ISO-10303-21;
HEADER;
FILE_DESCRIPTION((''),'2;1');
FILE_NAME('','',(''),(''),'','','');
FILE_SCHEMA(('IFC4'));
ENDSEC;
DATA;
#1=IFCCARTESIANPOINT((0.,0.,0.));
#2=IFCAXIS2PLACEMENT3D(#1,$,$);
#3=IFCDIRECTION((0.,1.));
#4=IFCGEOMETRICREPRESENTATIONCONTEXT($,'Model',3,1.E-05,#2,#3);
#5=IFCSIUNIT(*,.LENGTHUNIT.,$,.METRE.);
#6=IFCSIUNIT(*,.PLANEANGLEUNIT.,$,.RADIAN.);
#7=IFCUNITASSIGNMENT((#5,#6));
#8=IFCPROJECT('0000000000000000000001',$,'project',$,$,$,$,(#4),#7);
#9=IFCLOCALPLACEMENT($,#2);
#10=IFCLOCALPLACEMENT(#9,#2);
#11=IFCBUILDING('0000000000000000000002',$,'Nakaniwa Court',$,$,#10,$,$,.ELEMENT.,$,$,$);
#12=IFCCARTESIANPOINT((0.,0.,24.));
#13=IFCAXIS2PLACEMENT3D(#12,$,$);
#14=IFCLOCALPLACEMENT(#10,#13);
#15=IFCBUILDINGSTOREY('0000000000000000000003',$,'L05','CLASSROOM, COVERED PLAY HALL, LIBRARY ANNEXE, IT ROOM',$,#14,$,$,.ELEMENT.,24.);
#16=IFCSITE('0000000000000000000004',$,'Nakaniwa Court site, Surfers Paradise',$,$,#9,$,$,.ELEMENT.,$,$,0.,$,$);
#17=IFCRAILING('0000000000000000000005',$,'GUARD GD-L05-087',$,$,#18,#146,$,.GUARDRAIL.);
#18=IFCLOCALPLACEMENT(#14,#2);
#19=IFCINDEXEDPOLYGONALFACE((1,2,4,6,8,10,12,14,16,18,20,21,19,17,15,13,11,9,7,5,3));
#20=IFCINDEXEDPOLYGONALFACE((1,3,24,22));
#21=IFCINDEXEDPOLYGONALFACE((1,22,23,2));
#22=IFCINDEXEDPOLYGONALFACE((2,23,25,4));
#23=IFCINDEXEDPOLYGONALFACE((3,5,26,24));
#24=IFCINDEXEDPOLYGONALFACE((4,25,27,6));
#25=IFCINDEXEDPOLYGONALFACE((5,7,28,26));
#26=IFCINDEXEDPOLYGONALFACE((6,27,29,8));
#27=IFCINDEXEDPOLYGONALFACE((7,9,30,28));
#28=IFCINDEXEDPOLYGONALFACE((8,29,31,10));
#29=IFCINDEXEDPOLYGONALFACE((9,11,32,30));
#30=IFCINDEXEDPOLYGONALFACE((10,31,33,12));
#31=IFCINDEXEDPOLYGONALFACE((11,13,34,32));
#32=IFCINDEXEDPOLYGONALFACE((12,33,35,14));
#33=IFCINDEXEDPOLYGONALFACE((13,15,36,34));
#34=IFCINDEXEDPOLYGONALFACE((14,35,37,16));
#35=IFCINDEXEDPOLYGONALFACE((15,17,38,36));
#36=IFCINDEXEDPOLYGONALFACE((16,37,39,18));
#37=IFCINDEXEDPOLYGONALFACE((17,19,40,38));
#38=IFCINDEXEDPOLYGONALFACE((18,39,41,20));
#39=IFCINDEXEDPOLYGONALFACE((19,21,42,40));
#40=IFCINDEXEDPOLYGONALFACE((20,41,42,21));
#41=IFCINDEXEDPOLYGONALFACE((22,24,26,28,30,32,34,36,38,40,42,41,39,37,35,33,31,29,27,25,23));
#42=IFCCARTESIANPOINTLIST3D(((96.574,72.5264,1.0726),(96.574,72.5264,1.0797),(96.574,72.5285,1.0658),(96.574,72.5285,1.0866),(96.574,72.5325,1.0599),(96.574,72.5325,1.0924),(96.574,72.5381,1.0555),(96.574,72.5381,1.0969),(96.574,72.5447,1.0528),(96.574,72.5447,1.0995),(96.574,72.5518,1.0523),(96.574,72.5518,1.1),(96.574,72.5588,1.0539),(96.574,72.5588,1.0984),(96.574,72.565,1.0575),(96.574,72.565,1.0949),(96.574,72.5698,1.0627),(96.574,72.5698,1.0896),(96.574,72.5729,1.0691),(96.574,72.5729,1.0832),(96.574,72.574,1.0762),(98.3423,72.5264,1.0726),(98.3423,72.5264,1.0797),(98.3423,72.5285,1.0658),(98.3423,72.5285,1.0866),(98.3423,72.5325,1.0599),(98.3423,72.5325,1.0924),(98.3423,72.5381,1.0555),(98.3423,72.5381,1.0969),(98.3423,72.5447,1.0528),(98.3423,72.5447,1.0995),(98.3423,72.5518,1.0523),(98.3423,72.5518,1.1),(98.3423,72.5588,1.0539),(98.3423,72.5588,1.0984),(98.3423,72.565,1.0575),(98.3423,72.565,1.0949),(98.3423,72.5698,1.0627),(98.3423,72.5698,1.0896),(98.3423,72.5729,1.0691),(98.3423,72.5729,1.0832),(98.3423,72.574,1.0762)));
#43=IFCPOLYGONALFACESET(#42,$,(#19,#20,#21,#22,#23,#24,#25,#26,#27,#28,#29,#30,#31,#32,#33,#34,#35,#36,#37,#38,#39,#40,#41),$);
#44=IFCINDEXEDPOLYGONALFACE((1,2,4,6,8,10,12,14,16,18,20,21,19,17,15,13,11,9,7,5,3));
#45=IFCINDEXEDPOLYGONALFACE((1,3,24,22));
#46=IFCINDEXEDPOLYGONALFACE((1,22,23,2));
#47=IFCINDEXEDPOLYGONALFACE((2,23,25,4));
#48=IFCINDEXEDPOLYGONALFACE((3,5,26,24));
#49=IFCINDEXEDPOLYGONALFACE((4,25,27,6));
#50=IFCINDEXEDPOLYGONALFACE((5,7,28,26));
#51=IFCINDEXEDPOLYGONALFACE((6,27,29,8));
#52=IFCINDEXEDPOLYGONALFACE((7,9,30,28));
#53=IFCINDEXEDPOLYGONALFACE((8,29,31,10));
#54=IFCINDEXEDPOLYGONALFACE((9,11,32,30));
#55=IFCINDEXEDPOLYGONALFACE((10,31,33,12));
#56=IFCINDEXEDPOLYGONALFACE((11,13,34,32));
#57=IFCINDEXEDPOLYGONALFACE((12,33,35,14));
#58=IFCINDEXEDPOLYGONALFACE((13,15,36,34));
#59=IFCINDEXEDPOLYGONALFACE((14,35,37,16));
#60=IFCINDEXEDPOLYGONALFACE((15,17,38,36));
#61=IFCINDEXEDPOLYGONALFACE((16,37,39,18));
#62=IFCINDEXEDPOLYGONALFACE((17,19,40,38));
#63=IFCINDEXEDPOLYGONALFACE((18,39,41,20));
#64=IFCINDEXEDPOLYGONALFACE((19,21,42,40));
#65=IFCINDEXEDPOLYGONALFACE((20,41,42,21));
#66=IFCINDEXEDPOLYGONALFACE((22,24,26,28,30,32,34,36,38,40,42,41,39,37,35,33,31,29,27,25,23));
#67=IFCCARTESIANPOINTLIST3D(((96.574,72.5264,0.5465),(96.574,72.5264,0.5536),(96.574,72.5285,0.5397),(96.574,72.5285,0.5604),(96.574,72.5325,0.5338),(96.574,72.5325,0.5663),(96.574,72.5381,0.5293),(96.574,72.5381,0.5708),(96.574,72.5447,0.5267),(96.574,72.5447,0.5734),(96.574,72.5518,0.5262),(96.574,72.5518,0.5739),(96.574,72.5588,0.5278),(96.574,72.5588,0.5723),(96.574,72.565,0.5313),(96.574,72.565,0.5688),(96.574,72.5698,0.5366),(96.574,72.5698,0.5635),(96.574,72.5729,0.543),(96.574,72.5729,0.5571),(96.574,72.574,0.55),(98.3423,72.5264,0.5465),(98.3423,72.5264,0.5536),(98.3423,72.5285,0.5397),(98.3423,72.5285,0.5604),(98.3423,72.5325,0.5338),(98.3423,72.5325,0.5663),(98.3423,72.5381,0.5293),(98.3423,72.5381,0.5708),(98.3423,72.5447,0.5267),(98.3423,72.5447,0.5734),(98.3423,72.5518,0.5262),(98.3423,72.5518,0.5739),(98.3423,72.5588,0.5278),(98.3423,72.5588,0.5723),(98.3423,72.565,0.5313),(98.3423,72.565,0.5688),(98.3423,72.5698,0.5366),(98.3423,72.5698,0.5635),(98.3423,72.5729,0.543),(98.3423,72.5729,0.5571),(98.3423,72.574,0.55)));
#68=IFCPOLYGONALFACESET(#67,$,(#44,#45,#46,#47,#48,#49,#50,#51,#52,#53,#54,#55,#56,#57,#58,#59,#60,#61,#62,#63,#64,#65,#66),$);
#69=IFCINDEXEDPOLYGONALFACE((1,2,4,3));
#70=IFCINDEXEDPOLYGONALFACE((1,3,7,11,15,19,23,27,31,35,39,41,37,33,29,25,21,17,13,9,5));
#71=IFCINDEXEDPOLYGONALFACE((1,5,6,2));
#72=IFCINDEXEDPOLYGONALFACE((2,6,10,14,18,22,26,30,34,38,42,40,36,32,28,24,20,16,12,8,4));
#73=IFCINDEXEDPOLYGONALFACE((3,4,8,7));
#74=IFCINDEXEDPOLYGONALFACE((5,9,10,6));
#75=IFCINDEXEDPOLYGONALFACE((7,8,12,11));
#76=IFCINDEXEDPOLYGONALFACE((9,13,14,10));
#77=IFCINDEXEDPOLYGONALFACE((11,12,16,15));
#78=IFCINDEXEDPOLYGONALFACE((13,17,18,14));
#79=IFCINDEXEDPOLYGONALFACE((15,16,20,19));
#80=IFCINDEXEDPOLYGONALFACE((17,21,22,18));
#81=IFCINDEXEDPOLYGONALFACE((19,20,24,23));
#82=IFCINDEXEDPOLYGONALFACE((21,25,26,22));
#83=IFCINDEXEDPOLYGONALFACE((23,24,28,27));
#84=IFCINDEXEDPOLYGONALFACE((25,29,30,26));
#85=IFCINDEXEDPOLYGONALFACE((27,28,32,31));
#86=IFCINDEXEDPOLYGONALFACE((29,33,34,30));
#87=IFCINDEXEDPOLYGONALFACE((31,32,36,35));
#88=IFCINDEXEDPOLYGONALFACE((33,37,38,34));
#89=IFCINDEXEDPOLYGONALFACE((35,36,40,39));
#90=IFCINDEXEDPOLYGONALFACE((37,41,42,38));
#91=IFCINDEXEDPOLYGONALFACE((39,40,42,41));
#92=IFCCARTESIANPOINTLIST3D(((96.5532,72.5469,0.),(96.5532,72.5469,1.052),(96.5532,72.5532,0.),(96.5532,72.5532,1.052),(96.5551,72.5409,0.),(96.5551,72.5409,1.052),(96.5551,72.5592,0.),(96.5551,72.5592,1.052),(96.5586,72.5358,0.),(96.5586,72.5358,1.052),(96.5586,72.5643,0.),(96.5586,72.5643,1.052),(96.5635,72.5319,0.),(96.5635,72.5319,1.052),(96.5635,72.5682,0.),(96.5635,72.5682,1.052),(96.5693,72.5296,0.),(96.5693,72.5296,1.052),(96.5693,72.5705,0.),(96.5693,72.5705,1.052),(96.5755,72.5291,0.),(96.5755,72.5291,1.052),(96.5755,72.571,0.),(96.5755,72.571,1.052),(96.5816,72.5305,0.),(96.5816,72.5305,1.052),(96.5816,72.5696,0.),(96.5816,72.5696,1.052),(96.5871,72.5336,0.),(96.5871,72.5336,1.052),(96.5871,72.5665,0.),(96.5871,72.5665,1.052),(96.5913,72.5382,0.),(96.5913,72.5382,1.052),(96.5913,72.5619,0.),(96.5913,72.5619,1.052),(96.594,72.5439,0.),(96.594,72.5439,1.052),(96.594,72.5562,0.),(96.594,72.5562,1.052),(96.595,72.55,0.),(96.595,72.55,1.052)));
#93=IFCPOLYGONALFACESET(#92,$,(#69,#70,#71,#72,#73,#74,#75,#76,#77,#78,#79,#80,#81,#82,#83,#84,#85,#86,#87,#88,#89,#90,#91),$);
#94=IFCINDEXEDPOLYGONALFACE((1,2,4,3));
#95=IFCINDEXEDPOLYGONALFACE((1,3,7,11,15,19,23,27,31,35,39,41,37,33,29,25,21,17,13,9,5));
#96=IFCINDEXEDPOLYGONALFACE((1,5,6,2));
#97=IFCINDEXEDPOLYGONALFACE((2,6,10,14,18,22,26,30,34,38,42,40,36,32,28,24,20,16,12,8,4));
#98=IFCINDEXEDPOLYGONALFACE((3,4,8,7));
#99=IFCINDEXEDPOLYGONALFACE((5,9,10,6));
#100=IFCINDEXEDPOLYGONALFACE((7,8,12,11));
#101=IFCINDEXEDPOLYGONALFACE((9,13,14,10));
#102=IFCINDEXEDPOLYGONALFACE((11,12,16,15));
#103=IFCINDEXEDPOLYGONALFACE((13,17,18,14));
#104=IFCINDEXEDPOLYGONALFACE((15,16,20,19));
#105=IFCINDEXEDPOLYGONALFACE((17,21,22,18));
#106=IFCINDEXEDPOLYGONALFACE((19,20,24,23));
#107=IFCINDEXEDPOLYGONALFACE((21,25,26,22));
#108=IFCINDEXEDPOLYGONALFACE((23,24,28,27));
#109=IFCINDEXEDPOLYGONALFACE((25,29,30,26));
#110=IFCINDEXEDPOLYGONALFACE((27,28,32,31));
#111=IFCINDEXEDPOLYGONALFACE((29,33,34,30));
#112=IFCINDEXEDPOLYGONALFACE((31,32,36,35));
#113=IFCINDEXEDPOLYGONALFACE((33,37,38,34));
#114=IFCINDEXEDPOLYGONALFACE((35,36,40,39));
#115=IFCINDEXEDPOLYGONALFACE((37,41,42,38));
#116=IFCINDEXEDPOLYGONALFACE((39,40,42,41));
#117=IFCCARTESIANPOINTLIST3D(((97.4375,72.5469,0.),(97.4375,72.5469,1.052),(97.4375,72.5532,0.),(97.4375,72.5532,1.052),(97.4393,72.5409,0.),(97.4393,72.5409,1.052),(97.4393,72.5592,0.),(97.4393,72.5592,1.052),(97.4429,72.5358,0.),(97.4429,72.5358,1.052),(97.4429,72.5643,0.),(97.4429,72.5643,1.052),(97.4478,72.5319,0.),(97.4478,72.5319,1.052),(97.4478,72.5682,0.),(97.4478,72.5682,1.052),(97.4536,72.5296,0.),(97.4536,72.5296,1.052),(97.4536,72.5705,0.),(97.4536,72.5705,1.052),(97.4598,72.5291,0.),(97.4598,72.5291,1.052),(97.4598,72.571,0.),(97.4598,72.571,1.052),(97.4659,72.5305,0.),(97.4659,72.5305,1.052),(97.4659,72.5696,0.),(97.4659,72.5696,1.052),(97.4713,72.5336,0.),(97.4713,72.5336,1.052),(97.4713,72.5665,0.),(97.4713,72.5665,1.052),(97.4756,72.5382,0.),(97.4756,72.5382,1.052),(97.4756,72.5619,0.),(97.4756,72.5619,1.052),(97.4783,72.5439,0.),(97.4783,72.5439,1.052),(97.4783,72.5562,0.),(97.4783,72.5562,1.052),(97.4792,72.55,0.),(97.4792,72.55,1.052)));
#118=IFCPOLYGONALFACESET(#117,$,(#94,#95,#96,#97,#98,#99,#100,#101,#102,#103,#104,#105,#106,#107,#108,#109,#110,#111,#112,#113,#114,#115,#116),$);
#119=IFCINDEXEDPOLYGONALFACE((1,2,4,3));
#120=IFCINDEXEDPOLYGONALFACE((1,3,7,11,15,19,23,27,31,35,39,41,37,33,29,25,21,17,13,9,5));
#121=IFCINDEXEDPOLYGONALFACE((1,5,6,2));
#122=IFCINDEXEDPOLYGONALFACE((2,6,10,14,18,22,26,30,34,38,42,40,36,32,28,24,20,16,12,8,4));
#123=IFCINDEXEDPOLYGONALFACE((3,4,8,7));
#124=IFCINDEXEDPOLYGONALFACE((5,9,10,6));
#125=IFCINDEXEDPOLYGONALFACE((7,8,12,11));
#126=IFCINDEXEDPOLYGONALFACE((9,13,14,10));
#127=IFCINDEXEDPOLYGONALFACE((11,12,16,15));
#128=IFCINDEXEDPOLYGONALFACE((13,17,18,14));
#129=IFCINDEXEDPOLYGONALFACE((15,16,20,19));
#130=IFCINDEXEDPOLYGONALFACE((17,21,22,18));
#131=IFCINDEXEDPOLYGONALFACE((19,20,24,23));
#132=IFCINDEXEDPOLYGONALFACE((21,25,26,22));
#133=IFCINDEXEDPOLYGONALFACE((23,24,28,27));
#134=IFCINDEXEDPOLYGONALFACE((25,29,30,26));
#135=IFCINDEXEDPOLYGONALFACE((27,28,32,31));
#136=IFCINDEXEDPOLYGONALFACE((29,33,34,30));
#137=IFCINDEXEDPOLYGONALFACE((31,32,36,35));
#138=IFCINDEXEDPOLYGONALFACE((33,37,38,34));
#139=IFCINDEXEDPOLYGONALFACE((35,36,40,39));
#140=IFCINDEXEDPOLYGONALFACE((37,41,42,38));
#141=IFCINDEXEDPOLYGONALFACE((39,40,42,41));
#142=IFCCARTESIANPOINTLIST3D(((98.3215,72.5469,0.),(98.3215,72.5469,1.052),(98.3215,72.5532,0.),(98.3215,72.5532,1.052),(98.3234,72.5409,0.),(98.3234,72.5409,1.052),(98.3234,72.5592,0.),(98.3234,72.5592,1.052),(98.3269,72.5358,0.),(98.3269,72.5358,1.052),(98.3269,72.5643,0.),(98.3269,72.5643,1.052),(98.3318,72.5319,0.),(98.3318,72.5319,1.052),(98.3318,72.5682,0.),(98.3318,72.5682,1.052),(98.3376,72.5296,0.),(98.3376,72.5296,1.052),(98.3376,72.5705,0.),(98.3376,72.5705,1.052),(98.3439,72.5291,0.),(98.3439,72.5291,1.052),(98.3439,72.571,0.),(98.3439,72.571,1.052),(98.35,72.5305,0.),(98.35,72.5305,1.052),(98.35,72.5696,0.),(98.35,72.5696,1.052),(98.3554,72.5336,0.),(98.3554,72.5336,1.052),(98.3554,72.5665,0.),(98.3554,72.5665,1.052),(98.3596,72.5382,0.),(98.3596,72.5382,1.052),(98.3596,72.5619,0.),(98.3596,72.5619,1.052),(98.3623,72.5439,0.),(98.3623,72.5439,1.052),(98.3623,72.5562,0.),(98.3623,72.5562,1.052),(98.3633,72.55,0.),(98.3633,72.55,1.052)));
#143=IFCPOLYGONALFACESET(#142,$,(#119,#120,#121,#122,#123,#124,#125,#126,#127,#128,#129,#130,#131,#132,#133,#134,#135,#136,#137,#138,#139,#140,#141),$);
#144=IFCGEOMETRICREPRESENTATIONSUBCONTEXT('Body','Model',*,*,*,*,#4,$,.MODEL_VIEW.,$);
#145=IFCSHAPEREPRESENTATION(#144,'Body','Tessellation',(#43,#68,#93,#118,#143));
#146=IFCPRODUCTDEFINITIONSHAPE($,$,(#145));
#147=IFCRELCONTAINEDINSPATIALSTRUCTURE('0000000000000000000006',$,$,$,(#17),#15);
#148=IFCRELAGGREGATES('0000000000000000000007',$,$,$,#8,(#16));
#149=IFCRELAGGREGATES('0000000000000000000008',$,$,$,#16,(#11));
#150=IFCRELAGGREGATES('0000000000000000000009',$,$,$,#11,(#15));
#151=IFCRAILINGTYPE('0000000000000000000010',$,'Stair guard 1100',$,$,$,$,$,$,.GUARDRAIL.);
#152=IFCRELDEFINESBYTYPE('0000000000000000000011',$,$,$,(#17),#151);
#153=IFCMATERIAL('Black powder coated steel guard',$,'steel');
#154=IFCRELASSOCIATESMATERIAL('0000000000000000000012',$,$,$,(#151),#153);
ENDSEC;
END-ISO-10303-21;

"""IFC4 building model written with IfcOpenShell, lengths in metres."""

from ifc_helpers import new_model, si_unit, direction, frame, origin, origin_2d, place, context, subcontext, project, spatial, circle, extrude, material, type_object, element, save


model = new_model("IFC4")

# Units and contexts
model_context = context("Model", 3, precision=1e-05, world=origin(), true_north=direction((0.0, 1.0)))
body_context = subcontext(model_context, "Body", "Model", "MODEL_VIEW")
ifc_project = project(units=[si_unit("LENGTHUNIT", "METRE"), si_unit("PLANEANGLEUNIT", "RADIAN")], contexts=[model_context])

# Site, building, storey
site_placement = place(None, origin())
site = spatial("IfcSite", under=ifc_project, at=site_placement, Name="Nakaniwa Court site, Surfers Paradise", CompositionType="ELEMENT", RefElevation=0.0)
building_placement = place(site_placement, origin())
building = spatial("IfcBuilding", under=site, at=building_placement, Name="Nakaniwa Court", CompositionType="ELEMENT")
storey_placement = place(building_placement, frame((0.0, 0.0, 24.0)))
storey = spatial("IfcBuildingStorey", under=building, at=storey_placement, Name="L05", Description="CLASSROOM, COVERED PLAY HALL, LIBRARY ANNEXE, IT ROOM", CompositionType="ELEMENT", Elevation=24.0)

# Railing
ifc_material_1 = material(Name="Black powder coated steel guard", Category="steel")
railing_type = type_object("IfcRailingType", Name="Stair guard 1100", PredefinedType="GUARDRAIL", material=ifc_material_1)
railing_1_placement = place(storey_placement, frame((96.574, 72.55, 0.0)))
element("IfcRailing", 1, at=railing_1_placement, inside=storey, type_object=railing_type, Name="GUARD GD-L05-087", PredefinedType="GUARDRAIL", context=body_context, shape_type="SweptSolid", body=[
    extrude(circle(Radius=0.0239, at=origin_2d()), frame((0.0, 0.0, 1.0762), z_axis=(1.0, 0.0, 0.0), x_axis=(0.0, 1.0, 0.0)), (0.0, 0.0, 1.0), 1.7683),
    extrude(circle(Radius=0.0239, at=origin_2d()), frame((0.0, 0.0, 0.55), z_axis=(1.0, 0.0, 0.0), x_axis=(0.0, 1.0, 0.0)), (0.0, 0.0, 1.0), 1.7683),
    extrude(circle(Radius=0.021, at=origin_2d()), origin(), (0.0, 0.0, 1.0), 1.052),
    extrude(circle(Radius=0.021, at=origin_2d()), frame((0.8843, 0.0, 0.0)), (0.0, 0.0, 1.0), 1.052),
    extrude(circle(Radius=0.021, at=origin_2d()), frame((1.7683, 0.0, 0.0)), (0.0, 0.0, 1.0), 1.052),
])

save(model, "model.ifc")
